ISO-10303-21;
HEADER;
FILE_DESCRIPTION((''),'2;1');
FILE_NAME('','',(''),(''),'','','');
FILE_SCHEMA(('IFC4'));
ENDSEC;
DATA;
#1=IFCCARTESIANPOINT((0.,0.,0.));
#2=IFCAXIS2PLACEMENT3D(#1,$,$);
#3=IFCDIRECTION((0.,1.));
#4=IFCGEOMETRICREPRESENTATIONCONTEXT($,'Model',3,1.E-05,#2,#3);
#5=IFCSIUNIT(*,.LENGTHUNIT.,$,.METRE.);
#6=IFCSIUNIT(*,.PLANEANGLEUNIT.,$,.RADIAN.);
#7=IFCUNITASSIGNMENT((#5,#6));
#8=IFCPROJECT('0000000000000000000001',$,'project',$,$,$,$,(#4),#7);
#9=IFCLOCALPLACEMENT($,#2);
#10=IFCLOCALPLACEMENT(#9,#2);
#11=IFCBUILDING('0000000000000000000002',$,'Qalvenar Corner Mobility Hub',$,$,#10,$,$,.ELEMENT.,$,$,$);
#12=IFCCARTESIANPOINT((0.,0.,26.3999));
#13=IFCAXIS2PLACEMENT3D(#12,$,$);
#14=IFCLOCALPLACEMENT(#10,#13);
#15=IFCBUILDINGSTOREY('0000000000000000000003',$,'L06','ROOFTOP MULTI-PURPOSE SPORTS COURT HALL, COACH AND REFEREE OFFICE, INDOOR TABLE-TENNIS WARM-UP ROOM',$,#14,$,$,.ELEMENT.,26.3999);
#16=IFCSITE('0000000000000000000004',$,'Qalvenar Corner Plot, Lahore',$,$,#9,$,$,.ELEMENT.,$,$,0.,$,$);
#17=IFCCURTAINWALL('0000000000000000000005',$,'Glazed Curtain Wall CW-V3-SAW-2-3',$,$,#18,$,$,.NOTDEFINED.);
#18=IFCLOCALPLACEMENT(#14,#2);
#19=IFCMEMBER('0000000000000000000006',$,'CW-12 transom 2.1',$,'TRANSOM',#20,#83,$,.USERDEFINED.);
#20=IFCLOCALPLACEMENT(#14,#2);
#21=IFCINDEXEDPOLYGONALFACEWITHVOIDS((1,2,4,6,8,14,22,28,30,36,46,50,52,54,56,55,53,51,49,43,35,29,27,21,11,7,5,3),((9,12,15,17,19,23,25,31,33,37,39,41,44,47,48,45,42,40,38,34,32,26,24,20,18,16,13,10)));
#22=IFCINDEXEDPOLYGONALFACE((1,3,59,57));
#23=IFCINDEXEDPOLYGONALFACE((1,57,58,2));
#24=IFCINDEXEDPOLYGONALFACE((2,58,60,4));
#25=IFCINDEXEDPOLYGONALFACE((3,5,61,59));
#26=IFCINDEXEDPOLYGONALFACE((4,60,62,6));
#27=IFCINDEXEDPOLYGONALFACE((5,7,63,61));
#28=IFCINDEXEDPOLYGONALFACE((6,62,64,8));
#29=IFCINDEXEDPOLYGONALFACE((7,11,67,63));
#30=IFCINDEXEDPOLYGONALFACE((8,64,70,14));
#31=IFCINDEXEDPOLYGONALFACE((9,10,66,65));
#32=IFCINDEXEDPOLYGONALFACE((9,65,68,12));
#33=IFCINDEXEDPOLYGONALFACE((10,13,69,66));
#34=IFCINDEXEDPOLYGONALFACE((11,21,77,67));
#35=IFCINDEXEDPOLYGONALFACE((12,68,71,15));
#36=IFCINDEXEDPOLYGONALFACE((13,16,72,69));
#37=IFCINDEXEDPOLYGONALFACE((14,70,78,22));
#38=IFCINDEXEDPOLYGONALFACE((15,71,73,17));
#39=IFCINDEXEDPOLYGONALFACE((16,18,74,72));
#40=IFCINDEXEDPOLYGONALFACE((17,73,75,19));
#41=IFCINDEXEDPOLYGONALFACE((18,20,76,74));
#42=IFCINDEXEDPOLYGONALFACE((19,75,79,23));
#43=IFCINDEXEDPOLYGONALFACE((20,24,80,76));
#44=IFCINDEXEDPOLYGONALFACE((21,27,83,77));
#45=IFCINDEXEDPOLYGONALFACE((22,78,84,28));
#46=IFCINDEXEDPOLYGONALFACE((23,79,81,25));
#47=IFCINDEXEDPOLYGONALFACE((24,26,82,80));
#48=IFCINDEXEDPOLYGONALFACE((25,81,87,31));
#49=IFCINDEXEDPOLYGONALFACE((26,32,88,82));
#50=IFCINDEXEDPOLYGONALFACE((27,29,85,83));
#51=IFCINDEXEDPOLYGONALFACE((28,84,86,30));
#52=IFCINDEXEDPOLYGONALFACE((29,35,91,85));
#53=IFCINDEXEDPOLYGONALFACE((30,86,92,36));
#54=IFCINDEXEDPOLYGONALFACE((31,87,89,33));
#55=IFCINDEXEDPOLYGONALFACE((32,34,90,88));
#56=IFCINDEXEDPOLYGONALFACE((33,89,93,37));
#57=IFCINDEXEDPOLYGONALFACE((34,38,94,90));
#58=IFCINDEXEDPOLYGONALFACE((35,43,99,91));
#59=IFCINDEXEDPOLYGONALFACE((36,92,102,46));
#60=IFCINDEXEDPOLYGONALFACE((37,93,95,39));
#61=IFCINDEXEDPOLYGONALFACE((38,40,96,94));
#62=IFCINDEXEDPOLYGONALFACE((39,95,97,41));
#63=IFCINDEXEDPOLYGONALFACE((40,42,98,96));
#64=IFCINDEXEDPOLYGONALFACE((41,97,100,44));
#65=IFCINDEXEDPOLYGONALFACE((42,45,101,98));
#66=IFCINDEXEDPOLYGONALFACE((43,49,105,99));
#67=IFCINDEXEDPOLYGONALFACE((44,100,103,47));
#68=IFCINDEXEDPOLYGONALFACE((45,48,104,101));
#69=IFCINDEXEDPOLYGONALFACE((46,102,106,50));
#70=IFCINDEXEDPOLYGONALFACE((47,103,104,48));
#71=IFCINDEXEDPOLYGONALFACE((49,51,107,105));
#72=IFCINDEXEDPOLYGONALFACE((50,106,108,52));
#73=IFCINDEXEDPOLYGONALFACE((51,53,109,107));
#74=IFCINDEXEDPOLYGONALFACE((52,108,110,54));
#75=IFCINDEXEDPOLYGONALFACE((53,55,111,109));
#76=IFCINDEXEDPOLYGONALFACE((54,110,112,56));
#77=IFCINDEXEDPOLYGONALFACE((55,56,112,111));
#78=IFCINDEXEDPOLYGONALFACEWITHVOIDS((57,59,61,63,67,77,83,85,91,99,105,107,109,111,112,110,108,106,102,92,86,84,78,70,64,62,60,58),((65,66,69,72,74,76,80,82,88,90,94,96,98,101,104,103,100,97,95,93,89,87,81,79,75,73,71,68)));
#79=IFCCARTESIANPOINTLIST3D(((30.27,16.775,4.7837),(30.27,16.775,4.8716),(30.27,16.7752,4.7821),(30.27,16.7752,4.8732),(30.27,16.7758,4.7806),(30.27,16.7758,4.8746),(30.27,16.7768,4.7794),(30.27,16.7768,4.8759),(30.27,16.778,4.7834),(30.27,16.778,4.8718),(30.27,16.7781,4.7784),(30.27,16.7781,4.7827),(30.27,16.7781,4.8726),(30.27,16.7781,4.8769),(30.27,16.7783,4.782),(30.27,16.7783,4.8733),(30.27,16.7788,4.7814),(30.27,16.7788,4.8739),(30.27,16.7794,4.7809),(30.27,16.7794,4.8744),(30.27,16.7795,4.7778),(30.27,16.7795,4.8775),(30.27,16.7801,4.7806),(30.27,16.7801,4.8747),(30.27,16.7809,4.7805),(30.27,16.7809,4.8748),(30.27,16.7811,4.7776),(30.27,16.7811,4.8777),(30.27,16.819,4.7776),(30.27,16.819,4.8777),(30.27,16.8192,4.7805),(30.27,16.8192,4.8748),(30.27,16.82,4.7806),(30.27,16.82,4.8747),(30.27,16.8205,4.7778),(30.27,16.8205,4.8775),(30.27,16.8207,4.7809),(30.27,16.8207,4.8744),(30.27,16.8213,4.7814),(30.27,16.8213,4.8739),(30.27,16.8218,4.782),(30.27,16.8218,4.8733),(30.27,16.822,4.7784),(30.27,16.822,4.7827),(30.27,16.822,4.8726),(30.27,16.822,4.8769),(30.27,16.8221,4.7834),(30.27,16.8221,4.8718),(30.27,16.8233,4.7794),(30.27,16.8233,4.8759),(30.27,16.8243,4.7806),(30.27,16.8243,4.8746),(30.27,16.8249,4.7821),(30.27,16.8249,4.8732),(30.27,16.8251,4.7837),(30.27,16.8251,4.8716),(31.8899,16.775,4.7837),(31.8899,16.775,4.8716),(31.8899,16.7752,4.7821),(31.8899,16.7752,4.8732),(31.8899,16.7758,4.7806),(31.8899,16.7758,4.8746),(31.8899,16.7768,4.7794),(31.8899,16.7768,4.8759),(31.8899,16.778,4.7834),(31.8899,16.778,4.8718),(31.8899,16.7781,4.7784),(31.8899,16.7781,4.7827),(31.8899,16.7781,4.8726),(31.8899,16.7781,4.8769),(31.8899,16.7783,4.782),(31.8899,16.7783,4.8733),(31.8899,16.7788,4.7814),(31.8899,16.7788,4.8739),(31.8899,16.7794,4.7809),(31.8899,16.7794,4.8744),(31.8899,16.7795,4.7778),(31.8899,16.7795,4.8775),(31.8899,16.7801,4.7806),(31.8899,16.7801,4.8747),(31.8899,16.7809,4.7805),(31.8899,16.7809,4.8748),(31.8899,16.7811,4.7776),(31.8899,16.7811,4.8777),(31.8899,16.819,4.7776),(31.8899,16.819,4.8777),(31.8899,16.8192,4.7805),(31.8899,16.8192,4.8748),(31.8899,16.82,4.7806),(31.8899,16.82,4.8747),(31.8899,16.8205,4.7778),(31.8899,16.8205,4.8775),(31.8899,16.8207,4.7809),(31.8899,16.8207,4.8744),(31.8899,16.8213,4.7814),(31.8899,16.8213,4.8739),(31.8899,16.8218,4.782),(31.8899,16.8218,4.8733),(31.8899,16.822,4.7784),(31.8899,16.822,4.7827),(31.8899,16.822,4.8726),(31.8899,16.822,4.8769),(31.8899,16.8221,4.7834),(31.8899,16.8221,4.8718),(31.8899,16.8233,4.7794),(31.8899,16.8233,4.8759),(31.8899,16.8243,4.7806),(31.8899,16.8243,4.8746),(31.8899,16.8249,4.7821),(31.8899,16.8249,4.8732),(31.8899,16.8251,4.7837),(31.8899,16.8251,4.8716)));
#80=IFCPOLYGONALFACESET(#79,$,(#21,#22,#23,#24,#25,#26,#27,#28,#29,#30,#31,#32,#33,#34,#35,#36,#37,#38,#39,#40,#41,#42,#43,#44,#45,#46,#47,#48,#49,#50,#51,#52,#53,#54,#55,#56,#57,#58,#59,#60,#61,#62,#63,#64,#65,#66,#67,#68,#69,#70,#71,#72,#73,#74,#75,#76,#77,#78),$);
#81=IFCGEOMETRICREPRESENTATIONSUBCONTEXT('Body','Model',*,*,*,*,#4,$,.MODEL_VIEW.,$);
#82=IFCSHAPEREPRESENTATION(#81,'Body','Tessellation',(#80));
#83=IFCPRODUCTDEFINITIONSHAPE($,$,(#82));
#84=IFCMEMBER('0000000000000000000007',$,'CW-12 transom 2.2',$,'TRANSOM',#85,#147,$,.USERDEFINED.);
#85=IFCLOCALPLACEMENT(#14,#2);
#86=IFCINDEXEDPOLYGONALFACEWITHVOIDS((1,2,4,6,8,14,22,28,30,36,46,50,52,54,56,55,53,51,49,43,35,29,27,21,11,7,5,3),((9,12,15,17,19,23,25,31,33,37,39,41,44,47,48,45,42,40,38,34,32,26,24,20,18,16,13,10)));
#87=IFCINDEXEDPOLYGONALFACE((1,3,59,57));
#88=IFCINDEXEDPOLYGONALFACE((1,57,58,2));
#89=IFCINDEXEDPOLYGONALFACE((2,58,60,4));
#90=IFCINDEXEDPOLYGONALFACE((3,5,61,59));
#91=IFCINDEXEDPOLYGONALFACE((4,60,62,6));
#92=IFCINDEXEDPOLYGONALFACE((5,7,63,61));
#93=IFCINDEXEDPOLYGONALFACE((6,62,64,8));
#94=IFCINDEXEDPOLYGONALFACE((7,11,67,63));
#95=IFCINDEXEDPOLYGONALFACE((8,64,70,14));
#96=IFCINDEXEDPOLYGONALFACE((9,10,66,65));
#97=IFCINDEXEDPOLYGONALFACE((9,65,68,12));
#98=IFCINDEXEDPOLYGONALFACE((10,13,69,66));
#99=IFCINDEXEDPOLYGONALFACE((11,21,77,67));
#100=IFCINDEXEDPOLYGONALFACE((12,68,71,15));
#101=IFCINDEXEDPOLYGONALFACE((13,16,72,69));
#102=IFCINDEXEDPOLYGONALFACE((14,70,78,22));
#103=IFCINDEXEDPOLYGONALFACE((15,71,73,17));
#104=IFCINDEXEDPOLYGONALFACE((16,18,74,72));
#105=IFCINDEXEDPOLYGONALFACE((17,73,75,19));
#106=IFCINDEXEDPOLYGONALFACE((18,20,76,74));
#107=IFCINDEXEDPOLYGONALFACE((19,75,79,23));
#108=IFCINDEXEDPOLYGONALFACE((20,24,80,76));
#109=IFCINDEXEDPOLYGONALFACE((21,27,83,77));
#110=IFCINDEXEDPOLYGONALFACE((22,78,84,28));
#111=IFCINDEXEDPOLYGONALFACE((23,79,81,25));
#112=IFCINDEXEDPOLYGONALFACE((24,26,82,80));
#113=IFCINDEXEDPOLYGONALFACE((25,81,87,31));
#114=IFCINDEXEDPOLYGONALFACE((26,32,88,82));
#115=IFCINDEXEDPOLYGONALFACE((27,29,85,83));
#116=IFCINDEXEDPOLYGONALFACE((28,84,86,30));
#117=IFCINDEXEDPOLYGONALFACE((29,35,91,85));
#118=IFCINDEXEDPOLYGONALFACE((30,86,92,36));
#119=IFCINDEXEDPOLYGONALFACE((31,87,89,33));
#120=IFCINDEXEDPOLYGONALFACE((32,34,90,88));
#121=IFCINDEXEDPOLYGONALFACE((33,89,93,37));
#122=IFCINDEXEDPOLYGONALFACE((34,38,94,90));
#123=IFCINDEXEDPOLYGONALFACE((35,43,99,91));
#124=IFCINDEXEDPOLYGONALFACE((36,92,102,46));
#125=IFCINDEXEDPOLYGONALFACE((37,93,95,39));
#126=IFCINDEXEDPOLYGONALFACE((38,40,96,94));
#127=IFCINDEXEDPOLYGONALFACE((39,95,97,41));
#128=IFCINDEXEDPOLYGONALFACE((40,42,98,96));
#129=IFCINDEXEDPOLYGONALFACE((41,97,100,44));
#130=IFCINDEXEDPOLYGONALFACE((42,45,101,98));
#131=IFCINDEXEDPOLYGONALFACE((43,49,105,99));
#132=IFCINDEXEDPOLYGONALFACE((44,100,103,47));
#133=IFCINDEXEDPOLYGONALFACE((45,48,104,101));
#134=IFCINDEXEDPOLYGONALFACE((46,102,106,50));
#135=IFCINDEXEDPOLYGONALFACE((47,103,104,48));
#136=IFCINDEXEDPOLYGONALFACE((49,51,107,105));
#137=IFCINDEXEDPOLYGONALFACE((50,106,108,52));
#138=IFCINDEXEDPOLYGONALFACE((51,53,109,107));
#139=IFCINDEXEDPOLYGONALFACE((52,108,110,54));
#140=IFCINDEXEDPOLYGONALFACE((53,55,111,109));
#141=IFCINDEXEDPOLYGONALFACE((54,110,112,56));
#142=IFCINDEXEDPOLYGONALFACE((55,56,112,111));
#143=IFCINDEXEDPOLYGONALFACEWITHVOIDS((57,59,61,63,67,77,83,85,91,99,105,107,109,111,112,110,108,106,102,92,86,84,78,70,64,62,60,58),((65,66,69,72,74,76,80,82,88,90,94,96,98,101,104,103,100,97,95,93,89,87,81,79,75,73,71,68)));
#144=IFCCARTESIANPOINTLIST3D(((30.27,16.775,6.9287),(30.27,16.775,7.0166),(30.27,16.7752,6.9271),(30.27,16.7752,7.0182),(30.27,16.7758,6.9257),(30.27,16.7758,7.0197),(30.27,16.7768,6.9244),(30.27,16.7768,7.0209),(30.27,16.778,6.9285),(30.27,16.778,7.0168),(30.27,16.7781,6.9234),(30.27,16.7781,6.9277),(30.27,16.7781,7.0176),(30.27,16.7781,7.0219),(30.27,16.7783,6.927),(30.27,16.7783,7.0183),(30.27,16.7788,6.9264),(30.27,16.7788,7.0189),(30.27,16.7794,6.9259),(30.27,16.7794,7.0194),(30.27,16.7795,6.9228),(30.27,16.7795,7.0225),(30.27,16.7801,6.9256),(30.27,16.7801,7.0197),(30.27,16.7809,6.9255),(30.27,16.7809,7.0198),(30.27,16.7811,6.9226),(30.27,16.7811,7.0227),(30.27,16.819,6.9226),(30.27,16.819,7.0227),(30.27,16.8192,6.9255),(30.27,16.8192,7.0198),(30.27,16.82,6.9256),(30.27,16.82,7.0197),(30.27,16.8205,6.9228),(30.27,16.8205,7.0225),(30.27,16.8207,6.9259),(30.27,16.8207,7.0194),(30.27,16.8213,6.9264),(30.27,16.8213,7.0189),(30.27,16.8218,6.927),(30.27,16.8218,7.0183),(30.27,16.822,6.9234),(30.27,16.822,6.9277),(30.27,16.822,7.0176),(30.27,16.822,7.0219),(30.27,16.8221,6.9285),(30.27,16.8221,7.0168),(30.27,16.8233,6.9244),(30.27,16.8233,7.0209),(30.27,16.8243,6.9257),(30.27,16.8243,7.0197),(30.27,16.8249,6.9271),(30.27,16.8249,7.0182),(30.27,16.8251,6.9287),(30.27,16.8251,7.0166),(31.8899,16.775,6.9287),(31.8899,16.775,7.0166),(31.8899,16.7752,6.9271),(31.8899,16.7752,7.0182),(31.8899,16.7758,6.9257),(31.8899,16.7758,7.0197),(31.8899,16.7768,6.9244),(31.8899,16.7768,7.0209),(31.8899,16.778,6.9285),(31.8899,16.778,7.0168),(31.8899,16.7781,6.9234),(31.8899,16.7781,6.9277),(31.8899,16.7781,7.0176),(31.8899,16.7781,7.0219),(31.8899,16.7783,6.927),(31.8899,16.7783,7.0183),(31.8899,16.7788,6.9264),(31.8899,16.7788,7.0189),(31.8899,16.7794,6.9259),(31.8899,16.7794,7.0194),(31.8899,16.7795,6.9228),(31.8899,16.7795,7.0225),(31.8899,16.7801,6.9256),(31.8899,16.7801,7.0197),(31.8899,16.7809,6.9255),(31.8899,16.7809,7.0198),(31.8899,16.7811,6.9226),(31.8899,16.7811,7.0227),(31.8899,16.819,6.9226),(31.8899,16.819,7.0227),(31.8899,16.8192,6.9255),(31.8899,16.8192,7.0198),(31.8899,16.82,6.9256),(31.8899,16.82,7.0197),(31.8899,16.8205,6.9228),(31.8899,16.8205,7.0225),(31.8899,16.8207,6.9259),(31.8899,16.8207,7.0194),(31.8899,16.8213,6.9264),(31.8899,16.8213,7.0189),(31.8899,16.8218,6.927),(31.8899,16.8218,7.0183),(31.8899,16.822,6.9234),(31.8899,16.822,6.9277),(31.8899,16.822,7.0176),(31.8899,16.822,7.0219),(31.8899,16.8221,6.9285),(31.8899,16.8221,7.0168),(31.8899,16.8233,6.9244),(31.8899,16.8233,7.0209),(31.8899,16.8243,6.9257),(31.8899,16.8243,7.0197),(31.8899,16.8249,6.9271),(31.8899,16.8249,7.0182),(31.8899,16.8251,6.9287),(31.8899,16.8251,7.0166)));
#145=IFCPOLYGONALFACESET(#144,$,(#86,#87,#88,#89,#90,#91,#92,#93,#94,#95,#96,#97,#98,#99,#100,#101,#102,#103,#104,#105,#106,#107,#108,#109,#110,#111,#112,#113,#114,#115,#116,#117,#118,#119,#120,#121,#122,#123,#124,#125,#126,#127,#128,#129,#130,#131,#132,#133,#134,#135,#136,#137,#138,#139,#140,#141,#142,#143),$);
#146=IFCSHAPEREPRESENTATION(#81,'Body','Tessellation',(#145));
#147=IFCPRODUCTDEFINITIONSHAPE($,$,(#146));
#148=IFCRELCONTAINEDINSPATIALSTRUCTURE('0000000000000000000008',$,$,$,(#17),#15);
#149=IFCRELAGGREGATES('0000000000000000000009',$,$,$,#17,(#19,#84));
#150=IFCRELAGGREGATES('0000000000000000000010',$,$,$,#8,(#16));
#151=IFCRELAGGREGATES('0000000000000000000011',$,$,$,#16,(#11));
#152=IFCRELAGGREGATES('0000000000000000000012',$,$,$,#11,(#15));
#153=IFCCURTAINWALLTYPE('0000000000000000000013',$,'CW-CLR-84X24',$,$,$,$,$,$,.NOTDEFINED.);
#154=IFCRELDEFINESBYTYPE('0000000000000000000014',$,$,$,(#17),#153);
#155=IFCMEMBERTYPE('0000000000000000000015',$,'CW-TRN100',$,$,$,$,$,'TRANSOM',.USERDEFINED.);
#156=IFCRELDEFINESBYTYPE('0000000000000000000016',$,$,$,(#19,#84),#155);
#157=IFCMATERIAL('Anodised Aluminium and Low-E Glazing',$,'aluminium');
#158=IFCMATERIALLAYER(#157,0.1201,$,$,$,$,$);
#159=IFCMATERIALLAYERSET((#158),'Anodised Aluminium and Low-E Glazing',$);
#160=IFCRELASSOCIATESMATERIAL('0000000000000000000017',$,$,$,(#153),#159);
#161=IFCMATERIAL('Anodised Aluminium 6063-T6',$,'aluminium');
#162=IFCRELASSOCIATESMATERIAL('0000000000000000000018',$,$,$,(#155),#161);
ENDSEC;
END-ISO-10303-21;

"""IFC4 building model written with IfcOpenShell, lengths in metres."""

from ifc_helpers import new_model, si_unit, direction, frame, origin, origin_2d, place, context, subcontext, project, spatial, hollow_rectangle, extrude, material, layer, layer_set, material_profile, profile_set, type_object, element, aggregate, save


model = new_model("IFC4")

# Units and contexts
model_context = context("Model", 3, precision=1e-05, world=origin(), true_north=direction((0.0, 1.0)))
body_context = subcontext(model_context, "Body", "Model", "MODEL_VIEW")
ifc_project = project(units=[si_unit("LENGTHUNIT", "METRE"), si_unit("PLANEANGLEUNIT", "RADIAN")], contexts=[model_context])

# Site, building, storey
site_placement = place(None, origin())
site = spatial("IfcSite", under=ifc_project, at=site_placement, Name="Qalvenar Corner Plot, Lahore", CompositionType="ELEMENT", RefElevation=0.0)
building_placement = place(site_placement, origin())
building = spatial("IfcBuilding", under=site, at=building_placement, Name="Qalvenar Corner Mobility Hub", CompositionType="ELEMENT")
storey_placement = place(building_placement, frame((0.0, 0.0, 26.3999)))
storey = spatial("IfcBuildingStorey", under=building, at=storey_placement, Name="L06", Description="ROOFTOP MULTI-PURPOSE SPORTS COURT HALL, COACH AND REFEREE OFFICE, INDOOR TABLE-TENNIS WARM-UP ROOM", CompositionType="ELEMENT", Elevation=26.3999)

# Shared definitions
ifc_material_1 = material(Name="Anodised Aluminium and Low-E Glazing", Category="aluminium")
ifc_layer_1 = layer(ifc_material_1, 0.1201)
ifc_layer_set_1 = layer_set([ifc_layer_1], Name="Anodised Aluminium and Low-E Glazing")
curtain_wall_type = type_object("IfcCurtainWallType", Name="CW-CLR-84X24", PredefinedType="NOTDEFINED", material=ifc_layer_set_1)
ifc_material_2 = material(Name="Anodised Aluminium 6063-T6", Category="aluminium")

# Curtain wall
curtain_wall_1_placement = place(storey_placement, origin())
curtain_wall_1 = element("IfcCurtainWall", 1, at=curtain_wall_1_placement, inside=storey, type_object=curtain_wall_type, Name="Glazed Curtain Wall CW-V3-SAW-2-3", PredefinedType="NOTDEFINED")

# Members
ifc_material_profile_1 = material_profile(ifc_material_2, hollow_rectangle(XDim=0.05, YDim=0.1001, WallThickness=0.0029, InnerFilletRadius=0.0029, OuterFilletRadius=0.0061, at=origin_2d()), Name="RHS100x50x3")
ifc_profile_set_1 = profile_set([ifc_material_profile_1], Name="Anodised Aluminium 6063-T6")
member_type_1 = type_object("IfcMemberType", Name="CW-TRN100", ElementType="TRANSOM", PredefinedType="USERDEFINED", material=ifc_profile_set_1)
member_1_placement = place(storey_placement, frame((31.8899, 16.8, 4.8276), z_axis=(-1.0, 0.0, 0.0), x_axis=(0.0, -1.0, 0.0)))
member_1 = element("IfcMember", 2, at=member_1_placement, type_object=member_type_1, Name="CW-12 transom 2.1", ObjectType="TRANSOM", PredefinedType="USERDEFINED", context=body_context, shape_type="SweptSolid", body=[
    extrude(hollow_rectangle(XDim=0.05, YDim=0.1001, WallThickness=0.0029, InnerFilletRadius=0.0029, OuterFilletRadius=0.0061, at=origin_2d()), origin(), (0.0, 0.0, 1.0), 1.6199),
])
member_2_placement = place(storey_placement, frame((31.8899, 16.8, 6.9727), z_axis=(-1.0, 0.0, 0.0), x_axis=(0.0, -1.0, 0.0)))
member_2 = element("IfcMember", 3, at=member_2_placement, type_object=member_type_1, Name="CW-12 transom 2.2", ObjectType="TRANSOM", PredefinedType="USERDEFINED", context=body_context, shape_type="SweptSolid", body=[
    extrude(hollow_rectangle(XDim=0.05, YDim=0.1001, WallThickness=0.0029, InnerFilletRadius=0.0029, OuterFilletRadius=0.0061, at=origin_2d()), origin(), (0.0, 0.0, 1.0), 1.6199),
])

aggregate(curtain_wall_1, [member_1, member_2])

save(model, "model.ifc")
